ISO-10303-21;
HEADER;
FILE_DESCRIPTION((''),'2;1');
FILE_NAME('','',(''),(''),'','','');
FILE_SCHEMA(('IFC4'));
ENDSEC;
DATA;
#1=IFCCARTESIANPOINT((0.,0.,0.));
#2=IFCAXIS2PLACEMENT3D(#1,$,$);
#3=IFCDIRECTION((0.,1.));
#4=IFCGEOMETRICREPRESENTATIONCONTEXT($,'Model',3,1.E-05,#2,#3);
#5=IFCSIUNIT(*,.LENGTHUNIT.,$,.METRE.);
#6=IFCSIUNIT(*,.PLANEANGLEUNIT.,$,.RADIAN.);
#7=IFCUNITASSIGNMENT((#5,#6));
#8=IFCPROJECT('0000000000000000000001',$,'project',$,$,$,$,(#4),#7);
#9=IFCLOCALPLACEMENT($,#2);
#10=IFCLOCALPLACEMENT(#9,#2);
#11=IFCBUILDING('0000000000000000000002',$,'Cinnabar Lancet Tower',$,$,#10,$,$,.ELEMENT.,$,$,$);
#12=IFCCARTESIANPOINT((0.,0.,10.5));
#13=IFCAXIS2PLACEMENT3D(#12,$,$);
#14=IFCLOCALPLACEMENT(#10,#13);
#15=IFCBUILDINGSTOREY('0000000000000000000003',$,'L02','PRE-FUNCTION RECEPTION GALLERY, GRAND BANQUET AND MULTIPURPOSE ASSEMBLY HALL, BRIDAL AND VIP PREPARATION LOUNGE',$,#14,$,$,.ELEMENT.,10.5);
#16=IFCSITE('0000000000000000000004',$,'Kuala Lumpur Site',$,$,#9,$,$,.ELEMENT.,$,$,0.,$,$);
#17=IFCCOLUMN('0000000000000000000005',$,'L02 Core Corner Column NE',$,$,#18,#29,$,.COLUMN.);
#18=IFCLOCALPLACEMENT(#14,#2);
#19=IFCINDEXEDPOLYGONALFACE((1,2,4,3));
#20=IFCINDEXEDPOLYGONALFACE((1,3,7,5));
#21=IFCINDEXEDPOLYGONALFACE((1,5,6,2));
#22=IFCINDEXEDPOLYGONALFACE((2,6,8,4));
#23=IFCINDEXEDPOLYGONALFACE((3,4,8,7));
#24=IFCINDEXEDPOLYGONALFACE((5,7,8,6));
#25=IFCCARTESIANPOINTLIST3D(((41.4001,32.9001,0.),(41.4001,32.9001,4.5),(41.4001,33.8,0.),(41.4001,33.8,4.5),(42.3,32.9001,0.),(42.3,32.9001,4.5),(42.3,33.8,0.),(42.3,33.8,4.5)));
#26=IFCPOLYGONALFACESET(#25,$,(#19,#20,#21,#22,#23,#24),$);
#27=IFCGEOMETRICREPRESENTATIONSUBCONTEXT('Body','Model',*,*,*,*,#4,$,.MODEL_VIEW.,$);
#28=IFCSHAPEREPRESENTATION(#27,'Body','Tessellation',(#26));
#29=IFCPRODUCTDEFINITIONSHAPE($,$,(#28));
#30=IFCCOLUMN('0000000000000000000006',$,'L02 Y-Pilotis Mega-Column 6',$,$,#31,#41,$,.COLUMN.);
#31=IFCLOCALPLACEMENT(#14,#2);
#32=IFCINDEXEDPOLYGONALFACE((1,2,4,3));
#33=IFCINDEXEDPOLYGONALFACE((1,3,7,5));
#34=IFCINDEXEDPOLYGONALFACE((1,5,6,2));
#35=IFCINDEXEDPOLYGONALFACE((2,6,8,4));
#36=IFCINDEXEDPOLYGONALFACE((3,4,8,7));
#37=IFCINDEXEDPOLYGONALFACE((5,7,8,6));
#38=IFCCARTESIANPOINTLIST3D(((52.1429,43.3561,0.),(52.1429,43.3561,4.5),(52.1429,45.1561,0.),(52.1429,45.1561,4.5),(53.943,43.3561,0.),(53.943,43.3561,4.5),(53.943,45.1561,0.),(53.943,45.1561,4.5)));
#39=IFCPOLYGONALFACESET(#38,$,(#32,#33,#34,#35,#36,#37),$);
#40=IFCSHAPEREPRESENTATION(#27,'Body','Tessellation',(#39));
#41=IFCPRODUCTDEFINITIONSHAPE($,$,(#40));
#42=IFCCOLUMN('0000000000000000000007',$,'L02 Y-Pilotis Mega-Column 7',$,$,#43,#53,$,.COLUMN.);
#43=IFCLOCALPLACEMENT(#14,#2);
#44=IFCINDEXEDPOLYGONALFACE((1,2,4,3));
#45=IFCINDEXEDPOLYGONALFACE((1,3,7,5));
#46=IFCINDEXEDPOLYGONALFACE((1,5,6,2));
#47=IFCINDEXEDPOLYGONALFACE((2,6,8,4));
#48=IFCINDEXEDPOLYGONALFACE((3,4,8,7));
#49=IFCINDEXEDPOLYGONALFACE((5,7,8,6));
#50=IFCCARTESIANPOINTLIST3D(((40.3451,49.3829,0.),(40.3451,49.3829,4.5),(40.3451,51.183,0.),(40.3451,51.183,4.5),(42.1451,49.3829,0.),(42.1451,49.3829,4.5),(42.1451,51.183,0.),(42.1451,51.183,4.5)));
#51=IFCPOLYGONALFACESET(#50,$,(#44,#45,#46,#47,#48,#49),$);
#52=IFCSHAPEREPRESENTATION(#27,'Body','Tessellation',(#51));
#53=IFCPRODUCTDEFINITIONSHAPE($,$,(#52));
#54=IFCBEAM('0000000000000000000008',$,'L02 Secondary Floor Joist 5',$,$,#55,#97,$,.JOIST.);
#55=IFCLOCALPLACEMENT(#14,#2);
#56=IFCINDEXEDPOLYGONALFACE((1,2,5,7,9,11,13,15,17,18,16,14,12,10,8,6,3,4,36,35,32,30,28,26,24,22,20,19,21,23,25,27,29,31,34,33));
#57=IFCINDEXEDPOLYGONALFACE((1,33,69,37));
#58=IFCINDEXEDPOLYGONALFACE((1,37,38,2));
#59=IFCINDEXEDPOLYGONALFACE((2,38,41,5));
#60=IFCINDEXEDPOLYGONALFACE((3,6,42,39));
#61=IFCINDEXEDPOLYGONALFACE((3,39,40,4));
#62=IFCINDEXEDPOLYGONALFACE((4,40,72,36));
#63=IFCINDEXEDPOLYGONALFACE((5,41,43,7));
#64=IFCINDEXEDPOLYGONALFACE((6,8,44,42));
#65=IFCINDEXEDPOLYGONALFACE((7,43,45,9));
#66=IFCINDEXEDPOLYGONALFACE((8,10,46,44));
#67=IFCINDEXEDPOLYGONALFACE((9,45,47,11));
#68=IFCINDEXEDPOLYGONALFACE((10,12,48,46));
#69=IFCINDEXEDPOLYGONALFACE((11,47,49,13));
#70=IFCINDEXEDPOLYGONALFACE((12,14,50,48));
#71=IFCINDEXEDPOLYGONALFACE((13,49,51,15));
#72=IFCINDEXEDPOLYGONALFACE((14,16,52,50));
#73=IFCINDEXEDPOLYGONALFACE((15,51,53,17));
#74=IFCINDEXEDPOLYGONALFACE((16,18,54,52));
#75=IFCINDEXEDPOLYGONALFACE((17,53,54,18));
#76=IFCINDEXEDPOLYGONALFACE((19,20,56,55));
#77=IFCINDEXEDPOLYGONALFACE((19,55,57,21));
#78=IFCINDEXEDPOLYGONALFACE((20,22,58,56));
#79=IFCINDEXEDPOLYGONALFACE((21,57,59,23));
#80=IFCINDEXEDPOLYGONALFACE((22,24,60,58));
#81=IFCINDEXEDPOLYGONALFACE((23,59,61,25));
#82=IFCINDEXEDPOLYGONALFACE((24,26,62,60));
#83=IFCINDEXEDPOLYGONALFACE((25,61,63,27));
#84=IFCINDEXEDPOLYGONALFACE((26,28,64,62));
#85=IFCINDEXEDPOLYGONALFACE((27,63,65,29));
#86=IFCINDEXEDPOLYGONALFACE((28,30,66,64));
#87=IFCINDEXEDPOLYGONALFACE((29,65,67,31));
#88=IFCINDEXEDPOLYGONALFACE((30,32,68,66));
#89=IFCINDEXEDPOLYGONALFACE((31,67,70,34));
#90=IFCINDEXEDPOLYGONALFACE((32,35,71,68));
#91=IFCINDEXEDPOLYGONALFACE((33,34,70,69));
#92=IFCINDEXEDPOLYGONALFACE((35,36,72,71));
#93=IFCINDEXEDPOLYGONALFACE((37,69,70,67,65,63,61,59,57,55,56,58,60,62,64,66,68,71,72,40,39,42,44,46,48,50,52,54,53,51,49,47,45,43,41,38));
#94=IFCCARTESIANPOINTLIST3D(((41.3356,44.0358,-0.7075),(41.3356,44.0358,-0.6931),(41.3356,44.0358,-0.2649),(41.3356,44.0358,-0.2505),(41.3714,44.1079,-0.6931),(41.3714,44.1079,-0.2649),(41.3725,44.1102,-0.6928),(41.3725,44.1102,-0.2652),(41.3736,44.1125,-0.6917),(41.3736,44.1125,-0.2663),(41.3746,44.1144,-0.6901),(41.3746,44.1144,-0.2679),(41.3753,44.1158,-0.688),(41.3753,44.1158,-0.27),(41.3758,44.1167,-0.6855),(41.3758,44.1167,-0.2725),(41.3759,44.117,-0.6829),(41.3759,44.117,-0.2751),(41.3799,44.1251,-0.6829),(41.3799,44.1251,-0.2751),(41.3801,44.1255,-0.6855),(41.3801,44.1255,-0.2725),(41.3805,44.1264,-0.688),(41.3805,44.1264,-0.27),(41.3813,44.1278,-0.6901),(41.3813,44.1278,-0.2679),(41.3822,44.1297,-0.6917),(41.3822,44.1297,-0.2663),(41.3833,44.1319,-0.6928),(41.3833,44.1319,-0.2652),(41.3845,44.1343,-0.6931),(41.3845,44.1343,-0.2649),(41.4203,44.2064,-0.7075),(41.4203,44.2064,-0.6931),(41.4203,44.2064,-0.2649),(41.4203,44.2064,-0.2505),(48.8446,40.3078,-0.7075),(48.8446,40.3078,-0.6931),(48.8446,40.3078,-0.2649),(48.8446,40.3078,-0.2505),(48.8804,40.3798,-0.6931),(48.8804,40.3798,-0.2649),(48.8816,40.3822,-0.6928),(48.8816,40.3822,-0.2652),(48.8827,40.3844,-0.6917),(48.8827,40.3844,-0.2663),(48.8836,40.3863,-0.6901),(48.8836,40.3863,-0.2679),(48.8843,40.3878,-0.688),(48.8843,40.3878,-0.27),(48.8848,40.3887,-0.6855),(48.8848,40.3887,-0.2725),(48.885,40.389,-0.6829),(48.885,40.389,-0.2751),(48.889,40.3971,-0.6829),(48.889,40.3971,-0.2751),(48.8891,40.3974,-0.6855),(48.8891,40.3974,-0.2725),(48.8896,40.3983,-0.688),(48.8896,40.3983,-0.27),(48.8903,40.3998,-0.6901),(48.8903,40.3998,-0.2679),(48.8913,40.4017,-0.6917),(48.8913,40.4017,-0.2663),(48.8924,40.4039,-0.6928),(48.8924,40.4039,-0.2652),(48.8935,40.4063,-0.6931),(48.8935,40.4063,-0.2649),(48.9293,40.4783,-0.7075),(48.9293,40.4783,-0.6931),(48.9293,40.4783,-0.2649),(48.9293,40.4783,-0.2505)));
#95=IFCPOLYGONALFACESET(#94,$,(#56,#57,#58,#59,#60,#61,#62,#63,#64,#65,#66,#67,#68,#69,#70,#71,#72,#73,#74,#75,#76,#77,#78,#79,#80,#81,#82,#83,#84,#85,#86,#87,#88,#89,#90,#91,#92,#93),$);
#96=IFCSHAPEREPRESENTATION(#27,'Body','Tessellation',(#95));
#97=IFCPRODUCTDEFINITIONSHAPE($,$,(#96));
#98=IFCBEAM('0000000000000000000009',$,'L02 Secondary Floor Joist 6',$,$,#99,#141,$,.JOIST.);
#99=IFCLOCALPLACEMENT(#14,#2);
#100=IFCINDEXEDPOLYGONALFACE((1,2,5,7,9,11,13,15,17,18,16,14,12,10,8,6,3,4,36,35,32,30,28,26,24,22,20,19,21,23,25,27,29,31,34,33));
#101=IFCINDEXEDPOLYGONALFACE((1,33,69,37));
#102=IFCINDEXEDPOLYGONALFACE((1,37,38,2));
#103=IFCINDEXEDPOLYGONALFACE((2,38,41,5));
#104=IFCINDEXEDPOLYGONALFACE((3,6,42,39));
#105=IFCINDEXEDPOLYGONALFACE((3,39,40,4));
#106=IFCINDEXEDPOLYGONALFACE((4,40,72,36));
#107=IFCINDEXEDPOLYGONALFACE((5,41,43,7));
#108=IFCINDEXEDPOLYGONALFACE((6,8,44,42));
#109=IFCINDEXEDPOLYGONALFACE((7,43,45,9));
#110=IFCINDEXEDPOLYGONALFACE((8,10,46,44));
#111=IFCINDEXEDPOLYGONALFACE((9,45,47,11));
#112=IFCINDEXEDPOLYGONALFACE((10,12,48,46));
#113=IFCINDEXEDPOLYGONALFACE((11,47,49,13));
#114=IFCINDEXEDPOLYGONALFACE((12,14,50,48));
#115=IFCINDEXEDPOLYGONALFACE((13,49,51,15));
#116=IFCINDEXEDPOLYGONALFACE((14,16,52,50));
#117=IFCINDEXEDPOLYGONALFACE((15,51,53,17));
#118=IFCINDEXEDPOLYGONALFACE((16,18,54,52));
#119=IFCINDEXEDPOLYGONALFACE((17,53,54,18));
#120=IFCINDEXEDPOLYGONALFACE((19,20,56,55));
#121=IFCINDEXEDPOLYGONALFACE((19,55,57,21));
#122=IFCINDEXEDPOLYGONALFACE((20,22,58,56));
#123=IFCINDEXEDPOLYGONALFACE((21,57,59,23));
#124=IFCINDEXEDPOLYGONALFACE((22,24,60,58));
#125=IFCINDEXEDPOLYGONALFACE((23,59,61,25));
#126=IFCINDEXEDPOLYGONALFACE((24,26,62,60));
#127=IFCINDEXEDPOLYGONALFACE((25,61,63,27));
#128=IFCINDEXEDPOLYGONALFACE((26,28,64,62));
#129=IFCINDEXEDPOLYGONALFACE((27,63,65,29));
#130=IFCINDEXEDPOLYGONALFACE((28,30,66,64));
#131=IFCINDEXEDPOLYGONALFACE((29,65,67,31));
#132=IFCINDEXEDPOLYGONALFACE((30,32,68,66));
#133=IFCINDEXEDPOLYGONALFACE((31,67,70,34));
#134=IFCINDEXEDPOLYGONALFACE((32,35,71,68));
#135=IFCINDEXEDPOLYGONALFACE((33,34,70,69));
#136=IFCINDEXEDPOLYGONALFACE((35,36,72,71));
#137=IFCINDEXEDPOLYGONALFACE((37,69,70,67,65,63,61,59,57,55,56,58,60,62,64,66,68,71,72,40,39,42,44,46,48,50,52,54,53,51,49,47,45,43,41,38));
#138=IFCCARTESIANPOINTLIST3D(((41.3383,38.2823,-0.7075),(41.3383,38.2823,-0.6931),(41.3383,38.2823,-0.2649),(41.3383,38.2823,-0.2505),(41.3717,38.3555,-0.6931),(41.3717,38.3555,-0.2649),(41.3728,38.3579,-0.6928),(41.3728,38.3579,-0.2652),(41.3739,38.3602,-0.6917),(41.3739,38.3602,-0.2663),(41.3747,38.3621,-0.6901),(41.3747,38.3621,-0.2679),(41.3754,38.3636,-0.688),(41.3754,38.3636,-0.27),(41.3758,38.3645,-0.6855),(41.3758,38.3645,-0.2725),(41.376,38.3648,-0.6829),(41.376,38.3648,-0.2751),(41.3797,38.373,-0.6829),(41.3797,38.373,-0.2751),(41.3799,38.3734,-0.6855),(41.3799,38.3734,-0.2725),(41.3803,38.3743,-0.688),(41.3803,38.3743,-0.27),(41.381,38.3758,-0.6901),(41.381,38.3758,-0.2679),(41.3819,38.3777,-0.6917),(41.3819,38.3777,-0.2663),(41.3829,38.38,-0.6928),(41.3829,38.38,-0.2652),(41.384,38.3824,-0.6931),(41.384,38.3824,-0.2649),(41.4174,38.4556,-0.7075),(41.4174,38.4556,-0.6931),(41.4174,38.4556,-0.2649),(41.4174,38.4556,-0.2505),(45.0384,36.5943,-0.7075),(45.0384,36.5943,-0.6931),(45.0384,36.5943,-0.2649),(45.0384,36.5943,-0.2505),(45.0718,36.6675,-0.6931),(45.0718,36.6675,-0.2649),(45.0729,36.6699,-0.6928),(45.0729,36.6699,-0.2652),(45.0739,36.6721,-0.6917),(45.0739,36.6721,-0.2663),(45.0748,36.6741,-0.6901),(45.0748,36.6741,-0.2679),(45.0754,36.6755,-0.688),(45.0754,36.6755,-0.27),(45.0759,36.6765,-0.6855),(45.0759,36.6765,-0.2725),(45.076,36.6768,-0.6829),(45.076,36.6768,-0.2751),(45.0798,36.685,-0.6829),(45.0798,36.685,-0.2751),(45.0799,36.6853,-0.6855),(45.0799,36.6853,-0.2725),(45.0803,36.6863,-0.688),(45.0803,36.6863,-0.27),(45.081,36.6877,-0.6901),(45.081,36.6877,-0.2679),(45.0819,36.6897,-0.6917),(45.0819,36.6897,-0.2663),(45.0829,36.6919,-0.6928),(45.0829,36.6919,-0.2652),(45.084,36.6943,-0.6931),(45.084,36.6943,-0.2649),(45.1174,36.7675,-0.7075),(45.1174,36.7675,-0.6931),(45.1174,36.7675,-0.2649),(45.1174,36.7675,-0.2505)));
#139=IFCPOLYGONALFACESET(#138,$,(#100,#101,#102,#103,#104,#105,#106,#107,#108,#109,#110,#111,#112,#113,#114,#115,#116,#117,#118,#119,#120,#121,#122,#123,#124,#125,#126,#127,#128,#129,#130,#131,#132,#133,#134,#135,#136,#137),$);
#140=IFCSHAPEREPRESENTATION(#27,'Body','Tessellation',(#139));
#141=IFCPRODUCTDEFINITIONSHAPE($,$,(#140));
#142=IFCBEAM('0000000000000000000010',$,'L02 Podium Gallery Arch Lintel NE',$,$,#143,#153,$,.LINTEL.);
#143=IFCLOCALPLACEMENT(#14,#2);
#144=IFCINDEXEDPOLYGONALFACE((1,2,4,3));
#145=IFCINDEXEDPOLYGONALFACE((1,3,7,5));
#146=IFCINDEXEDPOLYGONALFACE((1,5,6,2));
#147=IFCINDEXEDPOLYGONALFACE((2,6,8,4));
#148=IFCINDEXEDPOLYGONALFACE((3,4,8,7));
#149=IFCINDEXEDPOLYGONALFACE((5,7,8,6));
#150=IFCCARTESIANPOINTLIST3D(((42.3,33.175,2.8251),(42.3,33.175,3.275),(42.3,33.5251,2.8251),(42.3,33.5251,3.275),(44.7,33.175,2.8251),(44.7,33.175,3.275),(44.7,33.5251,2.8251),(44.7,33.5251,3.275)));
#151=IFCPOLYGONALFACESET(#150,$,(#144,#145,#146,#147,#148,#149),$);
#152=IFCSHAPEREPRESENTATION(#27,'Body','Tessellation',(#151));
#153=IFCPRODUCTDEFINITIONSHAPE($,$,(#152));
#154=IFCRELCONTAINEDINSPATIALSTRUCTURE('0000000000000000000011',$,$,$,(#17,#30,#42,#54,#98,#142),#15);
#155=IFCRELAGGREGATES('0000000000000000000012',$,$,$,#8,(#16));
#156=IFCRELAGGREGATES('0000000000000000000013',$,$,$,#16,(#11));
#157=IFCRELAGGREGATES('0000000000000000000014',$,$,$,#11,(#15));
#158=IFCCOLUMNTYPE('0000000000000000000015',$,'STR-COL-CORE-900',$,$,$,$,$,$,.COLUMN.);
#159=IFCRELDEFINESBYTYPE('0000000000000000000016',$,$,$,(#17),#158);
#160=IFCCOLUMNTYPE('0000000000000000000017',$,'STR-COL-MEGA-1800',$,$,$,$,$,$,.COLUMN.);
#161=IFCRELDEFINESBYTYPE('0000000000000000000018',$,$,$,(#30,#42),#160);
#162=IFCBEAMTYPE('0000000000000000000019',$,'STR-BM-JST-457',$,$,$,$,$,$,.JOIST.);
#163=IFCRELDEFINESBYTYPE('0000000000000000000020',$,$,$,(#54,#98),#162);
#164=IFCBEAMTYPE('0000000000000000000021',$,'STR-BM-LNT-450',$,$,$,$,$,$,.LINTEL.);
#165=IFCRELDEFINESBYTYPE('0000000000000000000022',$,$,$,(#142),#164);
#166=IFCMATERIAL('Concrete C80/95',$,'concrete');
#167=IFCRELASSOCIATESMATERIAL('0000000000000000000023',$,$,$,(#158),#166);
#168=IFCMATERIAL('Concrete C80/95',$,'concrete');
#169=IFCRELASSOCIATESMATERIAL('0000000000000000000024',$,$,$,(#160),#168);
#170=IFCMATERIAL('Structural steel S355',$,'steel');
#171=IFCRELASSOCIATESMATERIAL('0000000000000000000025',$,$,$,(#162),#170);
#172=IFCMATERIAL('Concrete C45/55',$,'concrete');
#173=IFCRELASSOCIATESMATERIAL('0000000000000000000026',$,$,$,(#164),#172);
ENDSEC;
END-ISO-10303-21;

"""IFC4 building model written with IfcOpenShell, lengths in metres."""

from ifc_helpers import new_model, si_unit, direction, frame, origin, origin_2d, place, context, subcontext, project, spatial, rectangle, i_section, extrude, material, material_profile, profile_set, type_object, element, save


model = new_model("IFC4")

# Units and contexts
model_context = context("Model", 3, precision=1e-05, world=origin(), true_north=direction((0.0, 1.0)))
body_context = subcontext(model_context, "Body", "Model", "MODEL_VIEW")
ifc_project = project(units=[si_unit("LENGTHUNIT", "METRE"), si_unit("PLANEANGLEUNIT", "RADIAN")], contexts=[model_context])

# Site, building, storey
site_placement = place(None, origin())
site = spatial("IfcSite", under=ifc_project, at=site_placement, Name="Kuala Lumpur Site", CompositionType="ELEMENT", RefElevation=0.0)
building_placement = place(site_placement, origin())
building = spatial("IfcBuilding", under=site, at=building_placement, Name="Cinnabar Lancet Tower", CompositionType="ELEMENT")
storey_placement = place(building_placement, frame((0.0, 0.0, 10.5)))
storey = spatial("IfcBuildingStorey", under=building, at=storey_placement, Name="L02", Description="PRE-FUNCTION RECEPTION GALLERY, GRAND BANQUET AND MULTIPURPOSE ASSEMBLY HALL, BRIDAL AND VIP PREPARATION LOUNGE", CompositionType="ELEMENT", Elevation=10.5)

# Columns
ifc_material_1 = material(Name="Concrete C80/95", Category="concrete")
ifc_material_profile_1 = material_profile(ifc_material_1, rectangle(XDim=0.8999, YDim=0.8999, at=origin_2d()), Name="RC-COL 900x900")
ifc_profile_set_1 = profile_set([ifc_material_profile_1], Name="Concrete C80/95")
column_type_1 = type_object("IfcColumnType", Name="STR-COL-CORE-900", PredefinedType="COLUMN", material=ifc_profile_set_1)
column_placement = place(storey_placement, frame((41.8501, 33.3501, 0.0), z_axis=(0.0, 0.0, 1.0), x_axis=(1.0, 0.0, 0.0)))
element("IfcColumn", 1, at=column_placement, inside=storey, type_object=column_type_1, Name="L02 Core Corner Column NE", PredefinedType="COLUMN", context=body_context, shape_type="SweptSolid", body=[
    extrude(rectangle(XDim=0.8999, YDim=0.8999, at=origin_2d()), origin(), (0.0, 0.0, 1.0), 4.5),
])
ifc_material_2 = material(Name="Concrete C80/95", Category="concrete")
ifc_material_profile_2 = material_profile(ifc_material_2, rectangle(XDim=1.8, YDim=1.8, at=origin_2d()), Name="RC-MEGA 1800x1800")
ifc_profile_set_2 = profile_set([ifc_material_profile_2], Name="Concrete C80/95")
column_type_2 = type_object("IfcColumnType", Name="STR-COL-MEGA-1800", PredefinedType="COLUMN", material=ifc_profile_set_2)
for number, where, z_axis, x_axis, name in (
    (2, (53.043, 44.2561, 0.0), (0.0, 0.0, 1.0), (1.0, 0.0, 0.0), "L02 Y-Pilotis Mega-Column 6"),
    (3, (41.2451, 50.283, 0.0), (0.0, 0.0, 1.0), (1.0, 0.0, 0.0), "L02 Y-Pilotis Mega-Column 7"),
):
    element("IfcColumn", number, at=place(storey_placement, frame(where, z_axis=z_axis, x_axis=x_axis)), inside=storey, type_object=column_type_2, Name=name, PredefinedType="COLUMN", context=body_context, shape_type="SweptSolid", body=[
        extrude(rectangle(XDim=1.8, YDim=1.8, at=origin_2d()), origin(), (0.0, 0.0, 1.0), 4.5),
    ])

# Beams
ifc_material_3 = material(Name="Structural steel S355", Category="steel")
ifc_material_profile_3 = material_profile(ifc_material_3, i_section(OverallWidth=0.1904, OverallDepth=0.457, WebThickness=0.009, FlangeThickness=0.0144, FilletRadius=0.0103, at=origin_2d()), Name="UKB 457x191x74")
ifc_profile_set_3 = profile_set([ifc_material_profile_3], Name="Structural steel S355")
beam_type_1 = type_object("IfcBeamType", Name="STR-BM-JST-457", PredefinedType="JOIST", material=ifc_profile_set_3)
beam_1_placement = place(storey_placement, frame((48.887, 40.3931, -0.479), z_axis=(-0.895687, 0.444684, 0.0), x_axis=(-0.444684, -0.895687, 0.0)))
element("IfcBeam", 4, at=beam_1_placement, inside=storey, type_object=beam_type_1, Name="L02 Secondary Floor Joist 5", PredefinedType="JOIST", context=body_context, shape_type="SweptSolid", body=[
    extrude(i_section(OverallWidth=0.1904, OverallDepth=0.457, WebThickness=0.009, FlangeThickness=0.0144, FilletRadius=0.0103, at=origin_2d()), origin(), (0.0, 0.0, 1.0), 8.3835),
])
beam_2_placement = place(storey_placement, frame((45.0779, 36.6809, -0.479), z_axis=(-0.909792, 0.415064, 0.0), x_axis=(-0.415064, -0.909792, 0.0)))
element("IfcBeam", 5, at=beam_2_placement, inside=storey, type_object=beam_type_1, Name="L02 Secondary Floor Joist 6", PredefinedType="JOIST", context=body_context, shape_type="SweptSolid", body=[
    extrude(i_section(OverallWidth=0.1904, OverallDepth=0.457, WebThickness=0.009, FlangeThickness=0.0144, FilletRadius=0.0103, at=origin_2d()), origin(), (0.0, 0.0, 1.0), 4.0669),
])
ifc_material_4 = material(Name="Concrete C45/55", Category="concrete")
ifc_material_profile_4 = material_profile(ifc_material_4, rectangle(XDim=0.3501, YDim=0.45, at=origin_2d()), Name="RC-LNT 350x450")
ifc_profile_set_4 = profile_set([ifc_material_profile_4], Name="Concrete C45/55")
beam_type_2 = type_object("IfcBeamType", Name="STR-BM-LNT-450", PredefinedType="LINTEL", material=ifc_profile_set_4)
beam_3_placement = place(storey_placement, frame((42.3, 33.3501, 3.05), z_axis=(1.0, 0.0, 0.0), x_axis=(0.0, 1.0, 0.0)))
element("IfcBeam", 6, at=beam_3_placement, inside=storey, type_object=beam_type_2, Name="L02 Podium Gallery Arch Lintel NE", PredefinedType="LINTEL", context=body_context, shape_type="SweptSolid", body=[
    extrude(rectangle(XDim=0.3501, YDim=0.45, at=origin_2d()), origin(), (0.0, 0.0, 1.0), 2.3999),
])

save(model, "model.ifc")
